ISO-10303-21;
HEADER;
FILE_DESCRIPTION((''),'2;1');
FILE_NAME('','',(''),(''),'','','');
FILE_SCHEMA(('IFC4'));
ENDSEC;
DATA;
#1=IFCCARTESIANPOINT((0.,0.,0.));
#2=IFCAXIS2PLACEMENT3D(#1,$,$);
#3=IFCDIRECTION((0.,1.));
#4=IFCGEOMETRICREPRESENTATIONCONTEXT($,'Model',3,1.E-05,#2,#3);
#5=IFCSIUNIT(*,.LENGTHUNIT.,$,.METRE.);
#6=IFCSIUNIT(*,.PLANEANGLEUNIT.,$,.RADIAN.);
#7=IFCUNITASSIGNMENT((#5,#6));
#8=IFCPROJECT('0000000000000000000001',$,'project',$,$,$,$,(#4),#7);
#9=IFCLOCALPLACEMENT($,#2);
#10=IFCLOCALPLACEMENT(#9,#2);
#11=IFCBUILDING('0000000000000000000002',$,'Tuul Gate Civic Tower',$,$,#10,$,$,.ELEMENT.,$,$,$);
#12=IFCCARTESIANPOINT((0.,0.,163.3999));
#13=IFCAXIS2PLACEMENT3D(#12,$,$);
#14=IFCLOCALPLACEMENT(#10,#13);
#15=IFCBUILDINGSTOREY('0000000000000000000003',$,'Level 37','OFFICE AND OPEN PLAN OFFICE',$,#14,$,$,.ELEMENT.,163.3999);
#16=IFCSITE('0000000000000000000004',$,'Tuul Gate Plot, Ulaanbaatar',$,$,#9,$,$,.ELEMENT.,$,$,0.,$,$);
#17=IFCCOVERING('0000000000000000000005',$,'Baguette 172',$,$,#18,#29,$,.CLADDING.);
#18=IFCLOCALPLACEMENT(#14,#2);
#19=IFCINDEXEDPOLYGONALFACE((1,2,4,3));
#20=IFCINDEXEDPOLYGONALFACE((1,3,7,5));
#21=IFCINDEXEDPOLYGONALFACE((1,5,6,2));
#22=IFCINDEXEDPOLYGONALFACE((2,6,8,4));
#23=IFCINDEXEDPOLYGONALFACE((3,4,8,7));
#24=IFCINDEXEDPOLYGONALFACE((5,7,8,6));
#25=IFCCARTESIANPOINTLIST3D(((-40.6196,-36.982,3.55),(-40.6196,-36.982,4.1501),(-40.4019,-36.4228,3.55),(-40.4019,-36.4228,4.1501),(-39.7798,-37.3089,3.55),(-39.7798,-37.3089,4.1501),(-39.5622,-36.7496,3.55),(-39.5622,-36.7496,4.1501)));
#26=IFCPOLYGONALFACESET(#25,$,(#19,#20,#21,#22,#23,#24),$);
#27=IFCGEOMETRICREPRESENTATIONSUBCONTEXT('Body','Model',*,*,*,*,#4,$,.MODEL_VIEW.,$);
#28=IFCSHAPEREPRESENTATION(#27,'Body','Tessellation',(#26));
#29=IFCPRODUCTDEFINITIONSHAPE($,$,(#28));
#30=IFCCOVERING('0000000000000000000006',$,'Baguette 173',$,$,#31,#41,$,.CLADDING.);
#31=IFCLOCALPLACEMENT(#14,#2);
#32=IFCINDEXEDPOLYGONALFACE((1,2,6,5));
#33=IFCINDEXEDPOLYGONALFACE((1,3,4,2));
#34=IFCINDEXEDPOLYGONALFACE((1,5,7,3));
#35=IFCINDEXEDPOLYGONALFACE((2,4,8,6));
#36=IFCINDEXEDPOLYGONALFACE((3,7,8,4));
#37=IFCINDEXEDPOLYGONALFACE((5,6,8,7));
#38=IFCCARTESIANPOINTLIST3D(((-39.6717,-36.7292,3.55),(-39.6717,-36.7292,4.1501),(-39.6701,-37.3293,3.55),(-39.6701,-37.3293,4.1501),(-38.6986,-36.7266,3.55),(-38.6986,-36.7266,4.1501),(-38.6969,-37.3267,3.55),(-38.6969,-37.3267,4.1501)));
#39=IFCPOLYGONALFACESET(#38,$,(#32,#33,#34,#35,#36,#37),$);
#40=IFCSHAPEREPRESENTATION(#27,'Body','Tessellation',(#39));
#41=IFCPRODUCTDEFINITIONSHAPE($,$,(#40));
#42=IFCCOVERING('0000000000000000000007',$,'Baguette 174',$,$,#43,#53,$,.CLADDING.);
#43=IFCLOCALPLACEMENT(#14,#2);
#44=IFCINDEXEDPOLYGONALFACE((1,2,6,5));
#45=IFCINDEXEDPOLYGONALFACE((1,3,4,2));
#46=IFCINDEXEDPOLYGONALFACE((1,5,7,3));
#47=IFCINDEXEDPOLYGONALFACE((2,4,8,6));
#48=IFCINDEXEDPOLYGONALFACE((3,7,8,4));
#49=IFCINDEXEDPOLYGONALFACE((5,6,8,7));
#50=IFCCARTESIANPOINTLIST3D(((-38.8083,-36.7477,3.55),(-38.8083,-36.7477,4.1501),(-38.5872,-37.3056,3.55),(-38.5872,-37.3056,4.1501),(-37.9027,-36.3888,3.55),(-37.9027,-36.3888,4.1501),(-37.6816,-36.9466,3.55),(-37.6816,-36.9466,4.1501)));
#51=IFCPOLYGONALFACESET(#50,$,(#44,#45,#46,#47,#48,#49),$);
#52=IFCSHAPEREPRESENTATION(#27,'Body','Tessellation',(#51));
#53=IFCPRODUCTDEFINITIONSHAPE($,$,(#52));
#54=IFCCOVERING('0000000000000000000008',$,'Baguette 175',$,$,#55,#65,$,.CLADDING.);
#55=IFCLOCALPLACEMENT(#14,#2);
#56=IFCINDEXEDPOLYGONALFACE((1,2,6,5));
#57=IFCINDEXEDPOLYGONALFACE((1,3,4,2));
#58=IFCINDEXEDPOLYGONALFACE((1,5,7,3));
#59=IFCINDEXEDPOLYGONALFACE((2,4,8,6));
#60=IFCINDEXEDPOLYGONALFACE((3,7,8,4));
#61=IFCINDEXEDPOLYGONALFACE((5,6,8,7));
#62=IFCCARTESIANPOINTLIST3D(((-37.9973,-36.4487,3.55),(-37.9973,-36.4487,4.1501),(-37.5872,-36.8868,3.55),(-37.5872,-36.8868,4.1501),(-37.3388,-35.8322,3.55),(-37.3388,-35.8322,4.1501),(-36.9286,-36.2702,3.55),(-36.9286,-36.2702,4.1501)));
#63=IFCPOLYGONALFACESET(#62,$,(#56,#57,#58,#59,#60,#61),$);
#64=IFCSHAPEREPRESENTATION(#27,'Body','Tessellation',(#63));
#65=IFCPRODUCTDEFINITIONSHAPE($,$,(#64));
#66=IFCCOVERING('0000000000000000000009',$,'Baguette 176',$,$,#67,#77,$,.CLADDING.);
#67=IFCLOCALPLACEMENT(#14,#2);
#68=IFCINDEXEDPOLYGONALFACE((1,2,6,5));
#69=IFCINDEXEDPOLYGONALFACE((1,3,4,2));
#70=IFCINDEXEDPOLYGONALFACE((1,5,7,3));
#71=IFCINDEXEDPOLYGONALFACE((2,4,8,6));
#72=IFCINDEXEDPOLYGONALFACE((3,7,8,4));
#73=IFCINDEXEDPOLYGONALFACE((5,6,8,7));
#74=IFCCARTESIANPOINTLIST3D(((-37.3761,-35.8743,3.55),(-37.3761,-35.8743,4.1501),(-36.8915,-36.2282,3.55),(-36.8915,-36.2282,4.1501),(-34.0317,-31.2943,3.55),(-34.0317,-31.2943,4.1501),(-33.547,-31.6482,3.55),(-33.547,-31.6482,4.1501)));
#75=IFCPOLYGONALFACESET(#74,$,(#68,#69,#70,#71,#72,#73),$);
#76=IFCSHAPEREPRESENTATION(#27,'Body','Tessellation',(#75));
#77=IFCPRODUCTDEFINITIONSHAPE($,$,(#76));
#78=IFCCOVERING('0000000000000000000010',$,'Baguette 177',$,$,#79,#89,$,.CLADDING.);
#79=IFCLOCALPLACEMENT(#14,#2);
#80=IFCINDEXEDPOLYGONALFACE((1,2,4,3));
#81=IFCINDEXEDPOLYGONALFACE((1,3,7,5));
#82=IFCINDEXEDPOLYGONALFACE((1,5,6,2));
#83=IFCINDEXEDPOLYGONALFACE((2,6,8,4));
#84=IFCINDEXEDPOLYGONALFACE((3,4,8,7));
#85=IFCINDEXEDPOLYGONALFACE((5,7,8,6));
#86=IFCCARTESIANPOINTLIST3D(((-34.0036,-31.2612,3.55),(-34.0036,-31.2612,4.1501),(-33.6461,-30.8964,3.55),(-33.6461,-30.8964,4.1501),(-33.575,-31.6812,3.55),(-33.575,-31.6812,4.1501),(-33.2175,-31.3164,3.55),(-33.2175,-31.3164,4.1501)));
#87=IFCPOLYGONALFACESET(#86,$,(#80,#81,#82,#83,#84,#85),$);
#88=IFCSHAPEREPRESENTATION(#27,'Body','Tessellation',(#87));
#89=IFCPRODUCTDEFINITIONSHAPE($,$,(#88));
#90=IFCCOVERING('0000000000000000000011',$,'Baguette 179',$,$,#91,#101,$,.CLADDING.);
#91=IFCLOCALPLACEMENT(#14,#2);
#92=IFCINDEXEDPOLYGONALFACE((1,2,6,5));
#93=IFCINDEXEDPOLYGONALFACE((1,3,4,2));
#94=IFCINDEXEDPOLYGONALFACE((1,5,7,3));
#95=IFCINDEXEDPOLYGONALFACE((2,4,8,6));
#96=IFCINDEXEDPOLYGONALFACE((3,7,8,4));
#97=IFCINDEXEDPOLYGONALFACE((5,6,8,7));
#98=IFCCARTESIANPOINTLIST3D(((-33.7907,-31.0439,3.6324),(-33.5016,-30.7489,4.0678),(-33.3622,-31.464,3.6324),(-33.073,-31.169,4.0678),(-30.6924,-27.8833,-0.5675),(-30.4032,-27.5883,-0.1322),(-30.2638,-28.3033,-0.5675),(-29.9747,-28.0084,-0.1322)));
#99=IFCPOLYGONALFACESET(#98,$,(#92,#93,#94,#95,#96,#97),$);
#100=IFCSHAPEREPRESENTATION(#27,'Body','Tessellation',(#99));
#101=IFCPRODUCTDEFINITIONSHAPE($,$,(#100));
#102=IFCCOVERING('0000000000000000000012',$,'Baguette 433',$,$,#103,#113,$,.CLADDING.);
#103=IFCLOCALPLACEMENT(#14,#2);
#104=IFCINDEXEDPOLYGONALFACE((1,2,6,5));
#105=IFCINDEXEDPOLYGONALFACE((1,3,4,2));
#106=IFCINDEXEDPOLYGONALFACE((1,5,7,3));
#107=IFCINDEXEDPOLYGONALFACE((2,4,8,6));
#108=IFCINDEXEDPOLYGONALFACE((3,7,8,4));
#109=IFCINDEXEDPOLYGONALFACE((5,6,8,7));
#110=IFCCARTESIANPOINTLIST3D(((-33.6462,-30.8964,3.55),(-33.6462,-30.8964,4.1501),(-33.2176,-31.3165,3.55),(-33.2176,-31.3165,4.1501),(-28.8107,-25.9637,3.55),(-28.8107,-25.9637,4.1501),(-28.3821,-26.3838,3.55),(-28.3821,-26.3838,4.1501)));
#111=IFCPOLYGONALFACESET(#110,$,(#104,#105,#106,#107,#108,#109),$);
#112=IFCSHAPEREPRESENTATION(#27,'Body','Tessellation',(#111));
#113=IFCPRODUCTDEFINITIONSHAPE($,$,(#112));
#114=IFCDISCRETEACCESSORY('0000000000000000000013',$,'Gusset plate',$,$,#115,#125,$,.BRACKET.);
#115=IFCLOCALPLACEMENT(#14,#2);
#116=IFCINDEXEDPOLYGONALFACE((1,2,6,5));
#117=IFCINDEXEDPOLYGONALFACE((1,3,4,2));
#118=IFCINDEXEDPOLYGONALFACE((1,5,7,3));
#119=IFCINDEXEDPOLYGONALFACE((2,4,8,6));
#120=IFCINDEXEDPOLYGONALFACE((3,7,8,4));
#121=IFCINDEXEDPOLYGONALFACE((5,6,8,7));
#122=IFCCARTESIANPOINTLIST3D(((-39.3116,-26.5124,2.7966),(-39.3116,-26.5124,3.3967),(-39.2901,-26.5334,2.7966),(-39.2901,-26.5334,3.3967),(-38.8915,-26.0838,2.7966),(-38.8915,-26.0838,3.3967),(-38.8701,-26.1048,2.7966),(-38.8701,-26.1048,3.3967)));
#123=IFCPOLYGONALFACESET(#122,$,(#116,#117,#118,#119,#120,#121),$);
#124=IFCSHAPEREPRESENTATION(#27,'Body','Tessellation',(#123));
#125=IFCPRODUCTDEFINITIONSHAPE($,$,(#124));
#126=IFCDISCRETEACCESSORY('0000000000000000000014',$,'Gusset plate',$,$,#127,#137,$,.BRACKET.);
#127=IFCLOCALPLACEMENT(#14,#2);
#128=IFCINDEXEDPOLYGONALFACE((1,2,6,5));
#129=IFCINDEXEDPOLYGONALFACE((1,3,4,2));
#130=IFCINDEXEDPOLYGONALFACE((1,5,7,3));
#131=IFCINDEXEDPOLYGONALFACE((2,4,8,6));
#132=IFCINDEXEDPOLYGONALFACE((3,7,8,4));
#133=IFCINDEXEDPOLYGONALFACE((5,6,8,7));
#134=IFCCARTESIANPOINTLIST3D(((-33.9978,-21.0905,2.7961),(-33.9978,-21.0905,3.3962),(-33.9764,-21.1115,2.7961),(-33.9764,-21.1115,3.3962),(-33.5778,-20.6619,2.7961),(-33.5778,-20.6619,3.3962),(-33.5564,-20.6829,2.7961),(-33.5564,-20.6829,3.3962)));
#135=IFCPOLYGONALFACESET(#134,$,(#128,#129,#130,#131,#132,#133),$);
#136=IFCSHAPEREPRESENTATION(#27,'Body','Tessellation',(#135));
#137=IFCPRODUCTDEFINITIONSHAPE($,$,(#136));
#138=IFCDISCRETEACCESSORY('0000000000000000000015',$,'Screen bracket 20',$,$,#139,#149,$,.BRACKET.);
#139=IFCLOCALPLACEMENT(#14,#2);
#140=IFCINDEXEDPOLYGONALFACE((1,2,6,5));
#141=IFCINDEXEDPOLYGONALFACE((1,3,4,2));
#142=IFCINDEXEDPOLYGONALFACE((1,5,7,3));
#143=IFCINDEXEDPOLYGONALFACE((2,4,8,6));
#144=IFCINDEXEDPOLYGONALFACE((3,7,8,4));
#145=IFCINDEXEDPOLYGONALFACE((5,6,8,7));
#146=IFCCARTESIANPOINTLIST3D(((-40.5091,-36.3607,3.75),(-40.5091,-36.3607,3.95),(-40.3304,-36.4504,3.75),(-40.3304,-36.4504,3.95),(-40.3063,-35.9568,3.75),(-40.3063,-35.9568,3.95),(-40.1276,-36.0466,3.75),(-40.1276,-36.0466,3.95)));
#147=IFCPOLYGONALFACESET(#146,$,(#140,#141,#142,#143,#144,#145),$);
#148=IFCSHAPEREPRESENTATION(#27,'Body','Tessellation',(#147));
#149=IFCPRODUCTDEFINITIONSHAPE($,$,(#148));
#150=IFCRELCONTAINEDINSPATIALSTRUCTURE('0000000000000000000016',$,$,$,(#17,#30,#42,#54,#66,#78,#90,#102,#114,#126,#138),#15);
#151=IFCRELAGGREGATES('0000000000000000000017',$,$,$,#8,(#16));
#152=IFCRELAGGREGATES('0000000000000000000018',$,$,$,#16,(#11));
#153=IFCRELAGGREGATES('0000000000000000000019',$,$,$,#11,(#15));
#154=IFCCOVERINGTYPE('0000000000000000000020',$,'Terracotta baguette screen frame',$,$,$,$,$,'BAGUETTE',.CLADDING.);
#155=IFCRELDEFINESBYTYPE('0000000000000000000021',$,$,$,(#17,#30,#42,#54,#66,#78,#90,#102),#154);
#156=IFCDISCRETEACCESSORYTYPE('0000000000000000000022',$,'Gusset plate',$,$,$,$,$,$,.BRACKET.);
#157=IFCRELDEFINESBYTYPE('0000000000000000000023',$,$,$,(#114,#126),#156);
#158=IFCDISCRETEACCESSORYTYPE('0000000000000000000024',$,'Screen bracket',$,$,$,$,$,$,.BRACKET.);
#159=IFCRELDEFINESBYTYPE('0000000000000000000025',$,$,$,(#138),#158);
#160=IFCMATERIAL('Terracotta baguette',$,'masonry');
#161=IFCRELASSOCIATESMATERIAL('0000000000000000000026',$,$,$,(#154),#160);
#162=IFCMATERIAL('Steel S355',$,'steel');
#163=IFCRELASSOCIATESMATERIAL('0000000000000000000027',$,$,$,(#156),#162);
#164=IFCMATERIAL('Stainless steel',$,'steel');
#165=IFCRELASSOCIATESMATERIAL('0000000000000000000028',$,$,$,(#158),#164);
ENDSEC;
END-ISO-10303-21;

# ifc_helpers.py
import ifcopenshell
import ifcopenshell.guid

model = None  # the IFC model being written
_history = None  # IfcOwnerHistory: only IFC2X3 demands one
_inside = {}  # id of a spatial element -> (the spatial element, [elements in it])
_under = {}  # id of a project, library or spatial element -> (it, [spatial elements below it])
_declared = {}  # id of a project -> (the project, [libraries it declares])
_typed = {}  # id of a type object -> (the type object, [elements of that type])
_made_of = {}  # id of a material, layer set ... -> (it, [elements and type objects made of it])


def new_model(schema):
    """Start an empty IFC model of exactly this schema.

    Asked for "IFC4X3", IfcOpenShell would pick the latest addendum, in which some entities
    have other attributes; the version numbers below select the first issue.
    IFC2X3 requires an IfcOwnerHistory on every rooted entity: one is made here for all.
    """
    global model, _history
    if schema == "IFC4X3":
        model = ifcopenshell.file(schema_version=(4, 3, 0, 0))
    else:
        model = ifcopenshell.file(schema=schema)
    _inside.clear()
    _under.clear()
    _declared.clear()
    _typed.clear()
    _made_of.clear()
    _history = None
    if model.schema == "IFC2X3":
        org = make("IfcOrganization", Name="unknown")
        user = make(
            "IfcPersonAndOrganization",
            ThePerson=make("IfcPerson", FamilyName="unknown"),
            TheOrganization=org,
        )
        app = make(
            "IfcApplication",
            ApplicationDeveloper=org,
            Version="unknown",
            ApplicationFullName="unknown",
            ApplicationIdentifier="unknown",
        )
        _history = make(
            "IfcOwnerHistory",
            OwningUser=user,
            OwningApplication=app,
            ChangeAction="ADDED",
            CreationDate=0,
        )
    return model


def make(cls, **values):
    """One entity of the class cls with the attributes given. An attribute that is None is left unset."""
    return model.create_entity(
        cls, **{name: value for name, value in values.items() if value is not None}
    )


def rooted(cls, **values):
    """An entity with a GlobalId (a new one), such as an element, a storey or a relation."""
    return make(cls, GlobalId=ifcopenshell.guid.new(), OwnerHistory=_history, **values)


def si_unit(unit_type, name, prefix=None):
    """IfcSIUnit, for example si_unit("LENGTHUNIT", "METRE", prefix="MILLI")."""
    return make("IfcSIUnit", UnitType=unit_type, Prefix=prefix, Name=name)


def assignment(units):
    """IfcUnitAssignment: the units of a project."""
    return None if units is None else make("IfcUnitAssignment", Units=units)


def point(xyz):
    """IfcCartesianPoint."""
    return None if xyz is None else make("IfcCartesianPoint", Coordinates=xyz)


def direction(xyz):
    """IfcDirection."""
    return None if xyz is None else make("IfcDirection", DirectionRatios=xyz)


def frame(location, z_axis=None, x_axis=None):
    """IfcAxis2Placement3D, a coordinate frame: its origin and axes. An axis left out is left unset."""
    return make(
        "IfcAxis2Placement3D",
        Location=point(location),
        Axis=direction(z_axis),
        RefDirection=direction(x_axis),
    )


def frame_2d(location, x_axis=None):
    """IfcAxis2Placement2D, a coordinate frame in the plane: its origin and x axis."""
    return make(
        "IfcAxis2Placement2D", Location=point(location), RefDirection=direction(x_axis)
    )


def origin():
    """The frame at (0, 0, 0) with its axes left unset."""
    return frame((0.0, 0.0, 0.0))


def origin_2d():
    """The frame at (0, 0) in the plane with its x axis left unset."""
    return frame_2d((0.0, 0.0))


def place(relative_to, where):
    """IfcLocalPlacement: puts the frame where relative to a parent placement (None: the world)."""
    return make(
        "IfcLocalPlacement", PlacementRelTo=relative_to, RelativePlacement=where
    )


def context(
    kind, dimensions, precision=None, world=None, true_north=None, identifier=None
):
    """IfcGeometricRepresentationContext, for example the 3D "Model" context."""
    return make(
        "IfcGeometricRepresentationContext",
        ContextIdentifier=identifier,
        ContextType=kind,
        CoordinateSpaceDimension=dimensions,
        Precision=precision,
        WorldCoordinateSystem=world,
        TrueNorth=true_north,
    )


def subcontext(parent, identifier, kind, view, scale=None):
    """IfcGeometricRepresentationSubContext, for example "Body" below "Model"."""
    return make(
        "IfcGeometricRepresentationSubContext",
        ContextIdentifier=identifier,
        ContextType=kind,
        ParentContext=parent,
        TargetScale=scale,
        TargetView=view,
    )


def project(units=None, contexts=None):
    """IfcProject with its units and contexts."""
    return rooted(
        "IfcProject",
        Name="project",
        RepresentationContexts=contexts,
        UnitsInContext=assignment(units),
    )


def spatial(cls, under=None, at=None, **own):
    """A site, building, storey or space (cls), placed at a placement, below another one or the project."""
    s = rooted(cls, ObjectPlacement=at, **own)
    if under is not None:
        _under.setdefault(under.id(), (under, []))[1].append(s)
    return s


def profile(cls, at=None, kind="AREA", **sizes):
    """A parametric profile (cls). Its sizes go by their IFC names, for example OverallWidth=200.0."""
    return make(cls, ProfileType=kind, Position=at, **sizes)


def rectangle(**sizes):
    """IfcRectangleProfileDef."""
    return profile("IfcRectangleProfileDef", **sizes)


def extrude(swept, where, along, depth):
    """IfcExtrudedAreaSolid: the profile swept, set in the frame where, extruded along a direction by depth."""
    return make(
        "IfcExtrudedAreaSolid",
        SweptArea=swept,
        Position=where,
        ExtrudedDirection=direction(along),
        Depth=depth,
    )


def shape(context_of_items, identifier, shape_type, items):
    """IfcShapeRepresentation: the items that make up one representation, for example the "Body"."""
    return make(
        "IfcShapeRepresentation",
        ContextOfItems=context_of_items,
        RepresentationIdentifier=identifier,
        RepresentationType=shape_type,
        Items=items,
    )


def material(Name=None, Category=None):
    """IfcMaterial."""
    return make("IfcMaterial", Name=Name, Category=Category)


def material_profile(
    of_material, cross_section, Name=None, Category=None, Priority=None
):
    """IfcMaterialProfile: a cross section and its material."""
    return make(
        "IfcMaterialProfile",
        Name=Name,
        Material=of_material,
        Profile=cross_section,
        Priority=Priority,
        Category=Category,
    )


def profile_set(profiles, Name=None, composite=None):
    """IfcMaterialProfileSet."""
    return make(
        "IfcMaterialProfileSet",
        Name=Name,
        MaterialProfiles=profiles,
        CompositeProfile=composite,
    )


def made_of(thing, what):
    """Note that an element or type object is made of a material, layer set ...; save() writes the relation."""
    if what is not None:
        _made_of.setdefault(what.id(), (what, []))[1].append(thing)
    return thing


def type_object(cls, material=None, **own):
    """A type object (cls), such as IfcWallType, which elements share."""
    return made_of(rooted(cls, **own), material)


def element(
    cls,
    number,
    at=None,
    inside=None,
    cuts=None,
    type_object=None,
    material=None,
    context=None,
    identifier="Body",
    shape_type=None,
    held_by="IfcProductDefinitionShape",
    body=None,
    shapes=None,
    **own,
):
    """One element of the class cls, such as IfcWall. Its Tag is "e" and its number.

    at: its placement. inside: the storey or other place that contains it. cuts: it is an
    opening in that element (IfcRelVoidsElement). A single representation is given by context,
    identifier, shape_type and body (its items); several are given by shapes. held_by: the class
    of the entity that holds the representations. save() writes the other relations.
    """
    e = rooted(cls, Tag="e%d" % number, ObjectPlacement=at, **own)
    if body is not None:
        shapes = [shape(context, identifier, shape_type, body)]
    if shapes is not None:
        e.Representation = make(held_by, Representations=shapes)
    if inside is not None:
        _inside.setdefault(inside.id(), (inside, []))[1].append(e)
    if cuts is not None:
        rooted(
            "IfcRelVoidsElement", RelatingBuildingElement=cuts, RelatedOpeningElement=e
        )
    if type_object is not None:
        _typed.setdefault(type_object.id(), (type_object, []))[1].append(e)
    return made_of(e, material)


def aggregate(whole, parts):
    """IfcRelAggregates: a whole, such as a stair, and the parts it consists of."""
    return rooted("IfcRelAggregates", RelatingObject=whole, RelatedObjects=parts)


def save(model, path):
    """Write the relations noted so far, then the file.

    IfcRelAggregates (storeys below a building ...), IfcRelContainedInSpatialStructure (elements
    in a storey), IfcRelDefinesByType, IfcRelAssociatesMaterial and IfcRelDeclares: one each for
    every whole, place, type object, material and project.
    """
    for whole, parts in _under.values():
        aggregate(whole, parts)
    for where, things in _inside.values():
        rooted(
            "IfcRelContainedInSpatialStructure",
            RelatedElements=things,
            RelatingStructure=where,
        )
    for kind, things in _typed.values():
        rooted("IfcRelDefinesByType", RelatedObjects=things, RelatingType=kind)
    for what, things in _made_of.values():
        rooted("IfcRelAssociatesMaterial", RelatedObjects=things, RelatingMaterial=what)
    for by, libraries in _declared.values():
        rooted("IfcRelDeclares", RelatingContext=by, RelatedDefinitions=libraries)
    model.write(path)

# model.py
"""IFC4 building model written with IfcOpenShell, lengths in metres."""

from ifc_helpers import new_model, si_unit, direction, frame, origin, origin_2d, place, context, subcontext, project, spatial, rectangle, extrude, material, material_profile, profile_set, type_object, element, save


model = new_model("IFC4")

# Units and contexts
model_context = context("Model", 3, precision=1e-05, world=origin(), true_north=direction((0.0, 1.0)))
body_context = subcontext(model_context, "Body", "Model", "MODEL_VIEW")
ifc_project = project(units=[si_unit("LENGTHUNIT", "METRE"), si_unit("PLANEANGLEUNIT", "RADIAN")], contexts=[model_context])

# Site, building, storey
site_placement = place(None, origin())
site = spatial("IfcSite", under=ifc_project, at=site_placement, Name="Tuul Gate Plot, Ulaanbaatar", CompositionType="ELEMENT", RefElevation=0.0)
building_placement = place(site_placement, origin())
building = spatial("IfcBuilding", under=site, at=building_placement, Name="Tuul Gate Civic Tower", CompositionType="ELEMENT")
storey_placement = place(building_placement, frame((0.0, 0.0, 163.3999)))
storey = spatial("IfcBuildingStorey", under=building, at=storey_placement, Name="Level 37", Description="OFFICE AND OPEN PLAN OFFICE", CompositionType="ELEMENT", Elevation=163.3999)

# Coverings
ifc_material_1 = material(Name="Terracotta baguette", Category="masonry")
ifc_material_profile_1 = material_profile(ifc_material_1, rectangle(XDim=0.6001, YDim=0.6001, at=origin_2d()), Name="Terracotta baguette screen frame")
ifc_profile_set_1 = profile_set([ifc_material_profile_1], Name="Terracotta baguette")
covering_type = type_object("IfcCoveringType", Name="Terracotta baguette screen frame", ElementType="BAGUETTE", PredefinedType="CLADDING", material=ifc_profile_set_1)
covering_1_placement = place(storey_placement, frame((-40.5107, -36.7024, 3.8501), z_axis=(0.931893, -0.362734, 0.0), x_axis=(0.362734, 0.931893, 0.0)))
element("IfcCovering", 1, at=covering_1_placement, inside=storey, type_object=covering_type, Name="Baguette 172", PredefinedType="CLADDING", context=body_context, shape_type="SweptSolid", body=[
    extrude(rectangle(XDim=0.6001, YDim=0.6001, at=origin_2d()), origin(), (0.0, 0.0, 1.0), 0.9011),
])
covering_2_placement = place(storey_placement, frame((-39.6709, -37.0293, 3.8501), z_axis=(0.999996, 0.00276, 0.0), x_axis=(-0.00276, 0.999996, 0.0)))
element("IfcCovering", 2, at=covering_2_placement, inside=storey, type_object=covering_type, Name="Baguette 173", PredefinedType="CLADDING", context=body_context, shape_type="SweptSolid", body=[
    extrude(rectangle(XDim=0.6001, YDim=0.6001, at=origin_2d()), origin(), (0.0, 0.0, 1.0), 0.9731),
])
covering_3_placement = place(storey_placement, frame((-38.6978, -37.0266, 3.8501), z_axis=(0.929647, 0.36845, 0.0), x_axis=(-0.36845, 0.929647, 0.0)))
element("IfcCovering", 3, at=covering_3_placement, inside=storey, type_object=covering_type, Name="Baguette 174", PredefinedType="CLADDING", context=body_context, shape_type="SweptSolid", body=[
    extrude(rectangle(XDim=0.6001, YDim=0.6001, at=origin_2d()), origin(), (0.0, 0.0, 1.0), 0.9741),
])
covering_4_placement = place(storey_placement, frame((-37.7922, -36.6677, 3.8501), z_axis=(0.730001, 0.683446, 0.0), x_axis=(-0.683446, 0.730001, 0.0)))
element("IfcCovering", 4, at=covering_4_placement, inside=storey, type_object=covering_type, Name="Baguette 175", PredefinedType="CLADDING", context=body_context, shape_type="SweptSolid", body=[
    extrude(rectangle(XDim=0.6001, YDim=0.6001, at=origin_2d()), origin(), (0.0, 0.0, 1.0), 0.9021),
])
covering_5_placement = place(storey_placement, frame((-37.1338, -36.0513, 3.8501), z_axis=(0.589729, 0.807601, 0.0), x_axis=(-0.807601, 0.589729, 0.0)))
element("IfcCovering", 5, at=covering_5_placement, inside=storey, type_object=covering_type, Name="Baguette 176", PredefinedType="CLADDING", context=body_context, shape_type="SweptSolid", body=[
    extrude(rectangle(XDim=0.6001, YDim=0.6001, at=origin_2d()), origin(), (0.0, 0.0, 1.0), 5.6711),
])
covering_6_placement = place(storey_placement, frame((-33.7893, -31.4712, 3.8501), z_axis=(0.699899, 0.714242, 0.0), x_axis=(-0.714242, 0.699899, 0.0)))
element("IfcCovering", 6, at=covering_6_placement, inside=storey, type_object=covering_type, Name="Baguette 177", PredefinedType="CLADDING", context=body_context, shape_type="SweptSolid", body=[
    extrude(rectangle(XDim=0.6001, YDim=0.6001, at=origin_2d()), origin(), (0.0, 0.0, 1.0), 0.5107),
])
covering_7_placement = place(storey_placement, frame((-33.4319, -31.1064, 3.8501), z_axis=(0.507801, 0.518004, -0.688338), x_axis=(-0.714105, 0.700039, 0.0)))
element("IfcCovering", 7, at=covering_7_placement, inside=storey, type_object=covering_type, Name="Baguette 179", PredefinedType="CLADDING", context=body_context, shape_type="SweptSolid", body=[
    extrude(rectangle(XDim=0.6001, YDim=0.6001, at=origin_2d()), origin(), (0.0, 0.0, 1.0), 6.1016),
])
covering_8_placement = place(storey_placement, frame((-33.4319, -31.1064, 3.8501), z_axis=(0.700038, 0.714105, 0.0), x_axis=(-0.714105, 0.700038, 0.0)))
element("IfcCovering", 8, at=covering_8_placement, inside=storey, type_object=covering_type, Name="Baguette 433", PredefinedType="CLADDING", context=body_context, shape_type="SweptSolid", body=[
    extrude(rectangle(XDim=0.6001, YDim=0.6001, at=origin_2d()), origin(), (0.0, 0.0, 1.0), 6.9075),
])

# Discrete accessories
ifc_material_2 = material(Name="Steel S355", Category="steel")
discrete_accessory_type_1 = type_object("IfcDiscreteAccessoryType", Name="Gusset plate", PredefinedType="BRACKET", material=ifc_material_2)
for number, where, z_axis, x_axis, name in (
    (9, (-39.0908, -26.3086, 2.7966), (0.0, 0.0, 1.0), (0.699958, 0.714184, 0.0), "Gusset plate"),
    (10, (-33.7771, -20.8867, 2.7961), (0.0, 0.0, 1.0), (-0.699958, -0.714184, 0.0), "Gusset plate"),
):
    element("IfcDiscreteAccessory", number, at=place(storey_placement, frame(where, z_axis=z_axis, x_axis=x_axis)), inside=storey, type_object=discrete_accessory_type_1, Name=name, PredefinedType="BRACKET", context=body_context, shape_type="SweptSolid", body=[
        extrude(rectangle(XDim=0.6001, YDim=0.03, at=origin_2d()), origin(), (0.0, 0.0, 1.0), 0.6001),
    ])
ifc_material_3 = material(Name="Stainless steel", Category="steel")
discrete_accessory_type_2 = type_object("IfcDiscreteAccessoryType", Name="Screen bracket", PredefinedType="BRACKET", material=ifc_material_3)
discrete_accessory_placement = place(storey_placement, frame((-40.3184, -36.2036, 3.75), z_axis=(0.0, 0.0, 1.0), x_axis=(-0.448839, -0.893613, 0.0)))
element("IfcDiscreteAccessory", 11, at=discrete_accessory_placement, inside=storey, type_object=discrete_accessory_type_2, Name="Screen bracket 20", PredefinedType="BRACKET", context=body_context, shape_type="SweptSolid", body=[
    extrude(rectangle(XDim=0.4519, YDim=0.2, at=origin_2d()), origin(), (0.0, 0.0, 1.0), 0.2),
])

save(model, "model.ifc")
